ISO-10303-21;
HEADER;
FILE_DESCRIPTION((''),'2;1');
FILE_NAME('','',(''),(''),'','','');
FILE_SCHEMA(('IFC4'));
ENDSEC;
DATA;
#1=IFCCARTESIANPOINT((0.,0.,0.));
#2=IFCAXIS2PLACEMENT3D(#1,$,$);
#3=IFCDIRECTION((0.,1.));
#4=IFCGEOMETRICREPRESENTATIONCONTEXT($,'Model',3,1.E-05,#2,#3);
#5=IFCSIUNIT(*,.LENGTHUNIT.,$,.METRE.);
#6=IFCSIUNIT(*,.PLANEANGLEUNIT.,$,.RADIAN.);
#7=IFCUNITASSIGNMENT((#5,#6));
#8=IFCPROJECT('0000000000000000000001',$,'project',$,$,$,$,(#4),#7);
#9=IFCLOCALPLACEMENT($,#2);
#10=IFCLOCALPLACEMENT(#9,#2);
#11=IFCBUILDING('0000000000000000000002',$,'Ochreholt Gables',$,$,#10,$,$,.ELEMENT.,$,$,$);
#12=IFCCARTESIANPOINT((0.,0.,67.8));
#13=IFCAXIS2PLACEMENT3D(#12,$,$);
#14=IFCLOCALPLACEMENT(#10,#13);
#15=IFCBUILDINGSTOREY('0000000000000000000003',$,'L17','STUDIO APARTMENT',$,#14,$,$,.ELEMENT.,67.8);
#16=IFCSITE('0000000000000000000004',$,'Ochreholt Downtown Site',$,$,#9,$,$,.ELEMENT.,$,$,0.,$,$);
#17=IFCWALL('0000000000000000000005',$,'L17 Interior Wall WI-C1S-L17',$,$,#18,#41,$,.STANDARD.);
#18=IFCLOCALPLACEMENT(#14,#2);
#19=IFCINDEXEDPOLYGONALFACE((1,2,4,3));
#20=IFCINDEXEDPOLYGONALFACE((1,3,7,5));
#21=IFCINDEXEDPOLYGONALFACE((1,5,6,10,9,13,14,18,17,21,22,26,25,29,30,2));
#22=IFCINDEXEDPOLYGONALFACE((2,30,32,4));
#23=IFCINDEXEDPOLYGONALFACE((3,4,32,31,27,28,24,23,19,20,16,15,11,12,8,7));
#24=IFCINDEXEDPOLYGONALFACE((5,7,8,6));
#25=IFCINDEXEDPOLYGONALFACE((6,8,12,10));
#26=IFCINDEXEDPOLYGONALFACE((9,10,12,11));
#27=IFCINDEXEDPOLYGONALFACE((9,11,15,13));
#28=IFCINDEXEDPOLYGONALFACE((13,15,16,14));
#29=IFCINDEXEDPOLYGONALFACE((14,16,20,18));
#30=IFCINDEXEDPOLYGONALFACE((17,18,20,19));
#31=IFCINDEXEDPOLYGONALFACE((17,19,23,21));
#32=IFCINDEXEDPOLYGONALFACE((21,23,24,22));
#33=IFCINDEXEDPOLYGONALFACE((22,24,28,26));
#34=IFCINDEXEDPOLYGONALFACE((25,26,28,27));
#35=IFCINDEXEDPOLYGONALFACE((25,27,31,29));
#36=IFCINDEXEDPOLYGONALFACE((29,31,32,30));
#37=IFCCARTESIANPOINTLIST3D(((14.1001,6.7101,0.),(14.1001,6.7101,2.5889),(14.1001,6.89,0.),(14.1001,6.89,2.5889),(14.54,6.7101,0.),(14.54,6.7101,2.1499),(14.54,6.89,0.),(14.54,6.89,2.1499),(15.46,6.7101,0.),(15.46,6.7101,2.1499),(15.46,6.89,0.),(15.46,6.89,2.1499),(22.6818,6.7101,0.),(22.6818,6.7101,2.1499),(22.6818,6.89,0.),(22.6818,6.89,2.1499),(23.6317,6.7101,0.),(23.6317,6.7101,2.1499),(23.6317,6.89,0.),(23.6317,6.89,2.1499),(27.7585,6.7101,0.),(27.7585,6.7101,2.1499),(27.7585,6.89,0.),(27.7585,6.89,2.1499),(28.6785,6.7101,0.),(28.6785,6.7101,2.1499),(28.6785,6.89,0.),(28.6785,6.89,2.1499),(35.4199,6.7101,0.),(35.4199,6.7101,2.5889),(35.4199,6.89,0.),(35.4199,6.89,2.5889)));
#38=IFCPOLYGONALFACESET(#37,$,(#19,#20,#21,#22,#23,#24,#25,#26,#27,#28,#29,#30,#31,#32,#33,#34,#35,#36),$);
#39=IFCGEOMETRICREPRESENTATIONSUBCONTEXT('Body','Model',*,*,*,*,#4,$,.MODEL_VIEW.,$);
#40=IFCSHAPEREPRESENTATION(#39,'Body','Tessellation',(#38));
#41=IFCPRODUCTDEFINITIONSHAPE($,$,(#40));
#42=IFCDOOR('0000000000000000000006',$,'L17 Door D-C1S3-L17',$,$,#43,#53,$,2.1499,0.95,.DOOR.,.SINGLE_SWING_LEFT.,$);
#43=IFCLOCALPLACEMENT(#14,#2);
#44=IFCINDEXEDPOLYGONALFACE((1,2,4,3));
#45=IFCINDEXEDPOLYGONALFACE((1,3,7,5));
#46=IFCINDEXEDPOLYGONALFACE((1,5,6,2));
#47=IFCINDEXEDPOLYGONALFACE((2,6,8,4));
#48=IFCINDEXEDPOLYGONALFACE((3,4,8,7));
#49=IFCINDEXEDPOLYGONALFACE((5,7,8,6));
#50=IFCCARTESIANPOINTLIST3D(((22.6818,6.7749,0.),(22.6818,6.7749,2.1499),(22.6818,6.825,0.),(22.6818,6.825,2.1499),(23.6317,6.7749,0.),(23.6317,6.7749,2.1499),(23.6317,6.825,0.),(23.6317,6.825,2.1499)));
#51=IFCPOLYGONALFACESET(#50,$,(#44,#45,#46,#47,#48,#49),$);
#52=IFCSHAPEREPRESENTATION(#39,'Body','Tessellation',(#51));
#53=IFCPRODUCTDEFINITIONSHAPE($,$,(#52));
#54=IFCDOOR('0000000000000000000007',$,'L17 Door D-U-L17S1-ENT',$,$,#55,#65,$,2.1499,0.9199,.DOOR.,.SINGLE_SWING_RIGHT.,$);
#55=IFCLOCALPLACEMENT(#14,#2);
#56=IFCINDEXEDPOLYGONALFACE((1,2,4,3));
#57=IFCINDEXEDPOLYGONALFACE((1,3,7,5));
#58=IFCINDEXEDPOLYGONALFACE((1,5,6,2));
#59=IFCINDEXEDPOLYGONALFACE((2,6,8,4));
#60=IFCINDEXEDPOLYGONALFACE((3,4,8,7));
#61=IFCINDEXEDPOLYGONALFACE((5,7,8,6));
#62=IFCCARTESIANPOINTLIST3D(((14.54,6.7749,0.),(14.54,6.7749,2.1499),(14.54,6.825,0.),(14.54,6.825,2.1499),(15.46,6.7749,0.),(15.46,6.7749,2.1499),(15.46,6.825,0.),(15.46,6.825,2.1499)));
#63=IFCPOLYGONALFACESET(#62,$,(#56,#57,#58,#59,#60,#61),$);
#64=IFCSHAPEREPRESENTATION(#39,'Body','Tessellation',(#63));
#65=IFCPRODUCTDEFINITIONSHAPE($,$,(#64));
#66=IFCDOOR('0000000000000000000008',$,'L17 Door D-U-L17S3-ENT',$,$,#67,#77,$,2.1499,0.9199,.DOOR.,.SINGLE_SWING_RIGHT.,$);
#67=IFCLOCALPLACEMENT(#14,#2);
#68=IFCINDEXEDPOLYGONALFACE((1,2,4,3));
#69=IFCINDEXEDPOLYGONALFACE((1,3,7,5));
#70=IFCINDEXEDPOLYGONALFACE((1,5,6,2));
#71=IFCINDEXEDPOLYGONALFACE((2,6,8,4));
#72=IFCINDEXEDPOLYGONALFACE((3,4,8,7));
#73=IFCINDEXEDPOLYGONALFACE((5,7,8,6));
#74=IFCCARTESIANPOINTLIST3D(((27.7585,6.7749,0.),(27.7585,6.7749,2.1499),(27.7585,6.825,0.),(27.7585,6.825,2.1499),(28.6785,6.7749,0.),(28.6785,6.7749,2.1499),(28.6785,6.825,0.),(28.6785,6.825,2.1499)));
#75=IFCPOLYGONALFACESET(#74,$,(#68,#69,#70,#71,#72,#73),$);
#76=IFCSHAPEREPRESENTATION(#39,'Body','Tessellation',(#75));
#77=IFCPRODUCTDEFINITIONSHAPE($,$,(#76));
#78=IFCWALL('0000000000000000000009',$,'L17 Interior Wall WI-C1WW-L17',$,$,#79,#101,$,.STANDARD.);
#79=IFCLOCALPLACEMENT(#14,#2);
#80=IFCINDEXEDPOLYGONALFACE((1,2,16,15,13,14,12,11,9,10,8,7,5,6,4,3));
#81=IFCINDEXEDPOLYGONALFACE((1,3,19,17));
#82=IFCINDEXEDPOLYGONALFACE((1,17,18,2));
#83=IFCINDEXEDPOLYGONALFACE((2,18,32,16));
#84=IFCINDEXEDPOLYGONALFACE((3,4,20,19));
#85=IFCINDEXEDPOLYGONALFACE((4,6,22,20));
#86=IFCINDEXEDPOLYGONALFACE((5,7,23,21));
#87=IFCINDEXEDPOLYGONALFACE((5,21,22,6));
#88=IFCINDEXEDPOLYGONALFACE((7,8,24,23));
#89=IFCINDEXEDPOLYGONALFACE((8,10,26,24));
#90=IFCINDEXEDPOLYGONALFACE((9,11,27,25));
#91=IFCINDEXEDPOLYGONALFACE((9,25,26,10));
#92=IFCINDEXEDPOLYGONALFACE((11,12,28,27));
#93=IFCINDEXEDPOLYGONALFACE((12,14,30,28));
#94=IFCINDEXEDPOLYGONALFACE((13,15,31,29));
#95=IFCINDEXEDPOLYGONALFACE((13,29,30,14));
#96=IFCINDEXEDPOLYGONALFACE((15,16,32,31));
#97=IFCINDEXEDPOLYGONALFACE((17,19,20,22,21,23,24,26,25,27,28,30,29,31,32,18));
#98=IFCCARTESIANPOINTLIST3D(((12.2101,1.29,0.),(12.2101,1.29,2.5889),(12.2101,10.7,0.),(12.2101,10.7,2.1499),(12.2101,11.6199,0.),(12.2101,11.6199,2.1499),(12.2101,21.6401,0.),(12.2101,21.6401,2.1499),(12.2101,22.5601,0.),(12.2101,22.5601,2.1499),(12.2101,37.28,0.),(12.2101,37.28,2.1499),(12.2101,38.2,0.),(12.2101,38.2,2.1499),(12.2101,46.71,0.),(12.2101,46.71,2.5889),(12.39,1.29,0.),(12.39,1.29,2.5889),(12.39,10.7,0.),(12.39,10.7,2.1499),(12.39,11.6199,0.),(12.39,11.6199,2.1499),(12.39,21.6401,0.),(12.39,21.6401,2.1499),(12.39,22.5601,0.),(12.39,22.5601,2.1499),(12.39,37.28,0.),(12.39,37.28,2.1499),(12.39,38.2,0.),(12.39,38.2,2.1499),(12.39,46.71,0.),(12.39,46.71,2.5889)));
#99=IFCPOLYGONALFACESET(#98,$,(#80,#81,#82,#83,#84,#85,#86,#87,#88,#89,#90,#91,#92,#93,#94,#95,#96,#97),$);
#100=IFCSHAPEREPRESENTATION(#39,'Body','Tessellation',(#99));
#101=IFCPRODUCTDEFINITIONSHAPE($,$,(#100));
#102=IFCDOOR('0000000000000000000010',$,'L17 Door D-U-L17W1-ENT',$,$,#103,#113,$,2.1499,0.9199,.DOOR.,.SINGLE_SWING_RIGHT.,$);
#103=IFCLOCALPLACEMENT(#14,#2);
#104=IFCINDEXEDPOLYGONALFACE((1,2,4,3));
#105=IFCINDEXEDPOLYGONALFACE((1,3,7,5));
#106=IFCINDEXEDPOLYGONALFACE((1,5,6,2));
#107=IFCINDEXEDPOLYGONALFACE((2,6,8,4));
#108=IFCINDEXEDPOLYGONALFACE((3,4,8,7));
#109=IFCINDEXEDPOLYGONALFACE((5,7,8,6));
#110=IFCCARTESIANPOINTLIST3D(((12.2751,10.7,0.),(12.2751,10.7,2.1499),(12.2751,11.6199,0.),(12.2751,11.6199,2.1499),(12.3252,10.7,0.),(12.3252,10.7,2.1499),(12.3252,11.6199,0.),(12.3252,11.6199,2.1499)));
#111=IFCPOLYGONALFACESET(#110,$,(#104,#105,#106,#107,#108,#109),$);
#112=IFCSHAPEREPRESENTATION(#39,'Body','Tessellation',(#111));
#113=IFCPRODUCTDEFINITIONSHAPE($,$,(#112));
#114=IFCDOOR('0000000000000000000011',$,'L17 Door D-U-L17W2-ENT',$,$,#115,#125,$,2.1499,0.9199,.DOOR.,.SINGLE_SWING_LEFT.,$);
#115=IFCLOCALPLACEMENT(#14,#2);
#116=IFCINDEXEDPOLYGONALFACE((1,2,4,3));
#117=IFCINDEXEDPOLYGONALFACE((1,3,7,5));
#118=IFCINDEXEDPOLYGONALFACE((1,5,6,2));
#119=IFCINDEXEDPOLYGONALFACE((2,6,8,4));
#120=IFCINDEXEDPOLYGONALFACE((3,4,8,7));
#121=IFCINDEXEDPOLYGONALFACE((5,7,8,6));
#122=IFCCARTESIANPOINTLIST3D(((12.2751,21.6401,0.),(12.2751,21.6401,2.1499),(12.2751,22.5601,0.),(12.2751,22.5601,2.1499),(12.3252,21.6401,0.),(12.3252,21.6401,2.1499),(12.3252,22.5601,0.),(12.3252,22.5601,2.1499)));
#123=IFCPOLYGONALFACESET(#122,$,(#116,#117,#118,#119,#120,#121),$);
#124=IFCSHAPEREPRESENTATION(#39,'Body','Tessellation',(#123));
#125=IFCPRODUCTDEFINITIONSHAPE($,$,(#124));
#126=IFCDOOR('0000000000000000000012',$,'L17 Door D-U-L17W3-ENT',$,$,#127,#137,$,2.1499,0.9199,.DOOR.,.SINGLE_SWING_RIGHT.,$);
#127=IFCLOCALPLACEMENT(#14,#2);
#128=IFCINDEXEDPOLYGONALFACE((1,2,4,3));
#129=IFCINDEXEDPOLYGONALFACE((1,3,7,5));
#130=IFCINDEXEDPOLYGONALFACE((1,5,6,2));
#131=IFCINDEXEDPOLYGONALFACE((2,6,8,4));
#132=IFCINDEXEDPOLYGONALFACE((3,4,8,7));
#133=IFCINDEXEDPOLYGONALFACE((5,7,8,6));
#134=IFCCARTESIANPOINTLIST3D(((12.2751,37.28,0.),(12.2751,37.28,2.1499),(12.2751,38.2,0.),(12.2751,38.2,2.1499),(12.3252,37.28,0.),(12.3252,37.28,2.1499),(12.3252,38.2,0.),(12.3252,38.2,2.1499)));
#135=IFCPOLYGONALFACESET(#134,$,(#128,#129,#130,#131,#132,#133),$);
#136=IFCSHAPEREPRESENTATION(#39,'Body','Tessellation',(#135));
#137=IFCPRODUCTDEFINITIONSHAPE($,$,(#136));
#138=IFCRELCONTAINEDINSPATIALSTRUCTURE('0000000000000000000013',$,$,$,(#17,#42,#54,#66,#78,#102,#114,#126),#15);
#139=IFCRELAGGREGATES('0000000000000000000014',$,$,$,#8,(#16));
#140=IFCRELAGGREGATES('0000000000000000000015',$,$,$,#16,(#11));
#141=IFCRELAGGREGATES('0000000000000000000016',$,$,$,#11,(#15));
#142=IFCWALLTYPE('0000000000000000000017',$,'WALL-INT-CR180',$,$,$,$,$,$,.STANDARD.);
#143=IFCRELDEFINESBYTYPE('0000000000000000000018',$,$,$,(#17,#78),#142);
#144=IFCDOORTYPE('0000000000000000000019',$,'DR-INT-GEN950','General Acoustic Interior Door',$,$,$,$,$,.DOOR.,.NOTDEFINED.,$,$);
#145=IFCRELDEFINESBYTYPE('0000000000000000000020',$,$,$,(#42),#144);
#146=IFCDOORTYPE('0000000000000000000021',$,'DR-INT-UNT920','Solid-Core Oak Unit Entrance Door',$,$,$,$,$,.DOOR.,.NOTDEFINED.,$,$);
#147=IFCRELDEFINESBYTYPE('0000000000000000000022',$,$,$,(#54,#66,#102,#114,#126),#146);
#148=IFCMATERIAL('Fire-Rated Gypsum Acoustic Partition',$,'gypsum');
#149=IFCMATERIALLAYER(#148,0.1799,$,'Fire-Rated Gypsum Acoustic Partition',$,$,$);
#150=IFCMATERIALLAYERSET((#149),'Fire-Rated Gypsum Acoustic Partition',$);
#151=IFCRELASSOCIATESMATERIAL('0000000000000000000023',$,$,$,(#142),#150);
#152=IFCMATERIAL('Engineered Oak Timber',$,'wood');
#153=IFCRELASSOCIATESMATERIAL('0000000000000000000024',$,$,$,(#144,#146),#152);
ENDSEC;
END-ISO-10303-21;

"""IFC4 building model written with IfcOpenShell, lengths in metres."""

from ifc_helpers import new_model, si_unit, direction, frame, frame_2d, origin, place, context, subcontext, project, spatial, rectangle, extrude, material, layer, layer_set, type_object, element, fill, save


model = new_model("IFC4")

# Units and contexts
model_context = context("Model", 3, precision=1e-05, world=origin(), true_north=direction((0.0, 1.0)))
body_context = subcontext(model_context, "Body", "Model", "MODEL_VIEW")
ifc_project = project(units=[si_unit("LENGTHUNIT", "METRE"), si_unit("PLANEANGLEUNIT", "RADIAN")], contexts=[model_context])

# Site, building, storey
site_placement = place(None, origin())
site = spatial("IfcSite", under=ifc_project, at=site_placement, Name="Ochreholt Downtown Site", CompositionType="ELEMENT", RefElevation=0.0)
building_placement = place(site_placement, origin())
building = spatial("IfcBuilding", under=site, at=building_placement, Name="Ochreholt Gables", CompositionType="ELEMENT")
storey_placement = place(building_placement, frame((0.0, 0.0, 67.8)))
storey = spatial("IfcBuildingStorey", under=building, at=storey_placement, Name="L17", Description="STUDIO APARTMENT", CompositionType="ELEMENT", Elevation=67.8)

# Shared definitions
ifc_material_1 = material(Name="Fire-Rated Gypsum Acoustic Partition", Category="gypsum")
ifc_layer_1 = layer(ifc_material_1, 0.1799, Name="Fire-Rated Gypsum Acoustic Partition")
ifc_layer_set_1 = layer_set([ifc_layer_1], Name="Fire-Rated Gypsum Acoustic Partition")
wall_type_1 = type_object("IfcWallType", Name="WALL-INT-CR180", PredefinedType="STANDARD", material=ifc_layer_set_1)

# Walls, openings, doors
wall_1_placement = place(storey_placement, frame((14.1001, 6.8, 0.0), z_axis=(0.0, 0.0, 1.0), x_axis=(1.0, 0.0, 0.0)))
wall_1 = element("IfcWall", 1, at=wall_1_placement, inside=storey, type_object=wall_type_1, Name="L17 Interior Wall WI-C1S-L17", PredefinedType="STANDARD", context=body_context, shape_type="SweptSolid", body=[
    extrude(rectangle(XDim=21.3198, YDim=0.1799, at=frame_2d((10.6599, 0.0))), origin(), (0.0, 0.0, 1.0), 2.5889),
])
opening_1_placement = place(wall_1_placement, frame((0.4399, 0.0, 0.0)))
opening_1 = element("IfcOpeningElement", 2, at=opening_1_placement, cuts=wall_1, PredefinedType="OPENING", context=body_context, shape_type="SweptSolid", body=[
    extrude(rectangle(XDim=0.9199, YDim=2.1499, at=frame_2d((0.46, 1.075))), frame((0.0, 0.0999, 0.0), z_axis=(0.0, -1.0, 0.0), x_axis=(1.0, 0.0, 0.0)), (0.0, 0.0, 1.0), 0.2),
])
opening_2_placement = place(wall_1_placement, frame((8.5815, 0.0, 0.0)))
opening_2 = element("IfcOpeningElement", 3, at=opening_2_placement, cuts=wall_1, PredefinedType="OPENING", context=body_context, shape_type="SweptSolid", body=[
    extrude(rectangle(XDim=0.95, YDim=2.1499, at=frame_2d((0.4751, 1.075))), frame((0.0, 0.0999, 0.0), z_axis=(0.0, -1.0, 0.0), x_axis=(1.0, 0.0, 0.0)), (0.0, 0.0, 1.0), 0.2),
])
opening_3_placement = place(wall_1_placement, frame((13.6584, 0.0, 0.0)))
opening_3 = element("IfcOpeningElement", 4, at=opening_3_placement, cuts=wall_1, PredefinedType="OPENING", context=body_context, shape_type="SweptSolid", body=[
    extrude(rectangle(XDim=0.9199, YDim=2.1499, at=frame_2d((0.46, 1.075))), frame((0.0, 0.0999, 0.0), z_axis=(0.0, -1.0, 0.0), x_axis=(1.0, 0.0, 0.0)), (0.0, 0.0, 1.0), 0.2),
])
ifc_material_2 = material(Name="Engineered Oak Timber", Category="wood")
door_type_1 = type_object("IfcDoorType", Name="DR-INT-GEN950", Description="General Acoustic Interior Door", OperationType="NOTDEFINED", PredefinedType="DOOR", material=ifc_material_2)
door_1_placement = place(opening_2_placement, origin())
door_1 = element("IfcDoor", 5, at=door_1_placement, inside=storey, type_object=door_type_1, Name="L17 Door D-C1S3-L17", OperationType="SINGLE_SWING_LEFT", OverallHeight=2.1499, OverallWidth=0.95, PredefinedType="DOOR", context=body_context, shape_type="SweptSolid", body=[
    extrude(rectangle(XDim=0.95, YDim=2.1499, at=frame_2d((0.4751, 1.075))), frame((0.0, 0.0249, 0.0), z_axis=(0.0, -1.0, 0.0), x_axis=(1.0, 0.0, 0.0)), (0.0, 0.0, 1.0), 0.05),
])
fill(opening_2, door_1)
door_type_2 = type_object("IfcDoorType", Name="DR-INT-UNT920", Description="Solid-Core Oak Unit Entrance Door", OperationType="NOTDEFINED", PredefinedType="DOOR", material=ifc_material_2)
door_2_placement = place(opening_1_placement, origin())
door_2 = element("IfcDoor", 6, at=door_2_placement, inside=storey, type_object=door_type_2, Name="L17 Door D-U-L17S1-ENT", OperationType="SINGLE_SWING_RIGHT", OverallHeight=2.1499, OverallWidth=0.9199, PredefinedType="DOOR", context=body_context, shape_type="SweptSolid", body=[
    extrude(rectangle(XDim=0.9199, YDim=2.1499, at=frame_2d((0.46, 1.075))), frame((0.0, 0.0249, 0.0), z_axis=(0.0, -1.0, 0.0), x_axis=(1.0, 0.0, 0.0)), (0.0, 0.0, 1.0), 0.05),
])
fill(opening_1, door_2)
door_3_placement = place(opening_3_placement, origin())
door_3 = element("IfcDoor", 7, at=door_3_placement, inside=storey, type_object=door_type_2, Name="L17 Door D-U-L17S3-ENT", OperationType="SINGLE_SWING_RIGHT", OverallHeight=2.1499, OverallWidth=0.9199, PredefinedType="DOOR", context=body_context, shape_type="SweptSolid", body=[
    extrude(rectangle(XDim=0.9199, YDim=2.1499, at=frame_2d((0.46, 1.075))), frame((0.0, 0.0249, 0.0), z_axis=(0.0, -1.0, 0.0), x_axis=(1.0, 0.0, 0.0)), (0.0, 0.0, 1.0), 0.05),
])
fill(opening_3, door_3)
wall_2_placement = place(storey_placement, frame((12.3, 1.29, 0.0), z_axis=(0.0, 0.0, 1.0), x_axis=(0.0, 1.0, 0.0)))
wall_2 = element("IfcWall", 8, at=wall_2_placement, inside=storey, type_object=wall_type_1, Name="L17 Interior Wall WI-C1WW-L17", PredefinedType="STANDARD", context=body_context, shape_type="SweptSolid", body=[
    extrude(rectangle(XDim=45.4199, YDim=0.1799, at=frame_2d((22.71, 0.0))), origin(), (0.0, 0.0, 1.0), 2.5889),
])
opening_4_placement = place(wall_2_placement, frame((9.4099, 0.0, 0.0)))
opening_4 = element("IfcOpeningElement", 9, at=opening_4_placement, cuts=wall_2, PredefinedType="OPENING", context=body_context, shape_type="SweptSolid", body=[
    extrude(rectangle(XDim=0.9199, YDim=2.1499, at=frame_2d((0.46, 1.075))), frame((0.0, 0.0999, 0.0), z_axis=(0.0, -1.0, 0.0), x_axis=(1.0, 0.0, 0.0)), (0.0, 0.0, 1.0), 0.2),
])
opening_5_placement = place(wall_2_placement, frame((20.3501, 0.0, 0.0)))
opening_5 = element("IfcOpeningElement", 10, at=opening_5_placement, cuts=wall_2, PredefinedType="OPENING", context=body_context, shape_type="SweptSolid", body=[
    extrude(rectangle(XDim=0.9199, YDim=2.1499, at=frame_2d((0.46, 1.075))), frame((0.0, 0.0999, 0.0), z_axis=(0.0, -1.0, 0.0), x_axis=(1.0, 0.0, 0.0)), (0.0, 0.0, 1.0), 0.2),
])
opening_6_placement = place(wall_2_placement, frame((35.99, 0.0, 0.0)))
opening_6 = element("IfcOpeningElement", 11, at=opening_6_placement, cuts=wall_2, PredefinedType="OPENING", context=body_context, shape_type="SweptSolid", body=[
    extrude(rectangle(XDim=0.9199, YDim=2.1499, at=frame_2d((0.46, 1.075))), frame((0.0, 0.0999, 0.0), z_axis=(0.0, -1.0, 0.0), x_axis=(1.0, 0.0, 0.0)), (0.0, 0.0, 1.0), 0.2),
])
door_4_placement = place(opening_4_placement, origin())
door_4 = element("IfcDoor", 12, at=door_4_placement, inside=storey, type_object=door_type_2, Name="L17 Door D-U-L17W1-ENT", OperationType="SINGLE_SWING_RIGHT", OverallHeight=2.1499, OverallWidth=0.9199, PredefinedType="DOOR", context=body_context, shape_type="SweptSolid", body=[
    extrude(rectangle(XDim=0.9199, YDim=2.1499, at=frame_2d((0.46, 1.075))), frame((0.0, 0.0249, 0.0), z_axis=(0.0, -1.0, 0.0), x_axis=(1.0, 0.0, 0.0)), (0.0, 0.0, 1.0), 0.05),
])
fill(opening_4, door_4)
door_5_placement = place(opening_5_placement, origin())
door_5 = element("IfcDoor", 13, at=door_5_placement, inside=storey, type_object=door_type_2, Name="L17 Door D-U-L17W2-ENT", OperationType="SINGLE_SWING_LEFT", OverallHeight=2.1499, OverallWidth=0.9199, PredefinedType="DOOR", context=body_context, shape_type="SweptSolid", body=[
    extrude(rectangle(XDim=0.9199, YDim=2.1499, at=frame_2d((0.46, 1.075))), frame((0.0, 0.0249, 0.0), z_axis=(0.0, -1.0, 0.0), x_axis=(1.0, 0.0, 0.0)), (0.0, 0.0, 1.0), 0.05),
])
fill(opening_5, door_5)
door_6_placement = place(opening_6_placement, origin())
door_6 = element("IfcDoor", 14, at=door_6_placement, inside=storey, type_object=door_type_2, Name="L17 Door D-U-L17W3-ENT", OperationType="SINGLE_SWING_RIGHT", OverallHeight=2.1499, OverallWidth=0.9199, PredefinedType="DOOR", context=body_context, shape_type="SweptSolid", body=[
    extrude(rectangle(XDim=0.9199, YDim=2.1499, at=frame_2d((0.46, 1.075))), frame((0.0, 0.0249, 0.0), z_axis=(0.0, -1.0, 0.0), x_axis=(1.0, 0.0, 0.0)), (0.0, 0.0, 1.0), 0.05),
])
fill(opening_6, door_6)

save(model, "model.ifc")
